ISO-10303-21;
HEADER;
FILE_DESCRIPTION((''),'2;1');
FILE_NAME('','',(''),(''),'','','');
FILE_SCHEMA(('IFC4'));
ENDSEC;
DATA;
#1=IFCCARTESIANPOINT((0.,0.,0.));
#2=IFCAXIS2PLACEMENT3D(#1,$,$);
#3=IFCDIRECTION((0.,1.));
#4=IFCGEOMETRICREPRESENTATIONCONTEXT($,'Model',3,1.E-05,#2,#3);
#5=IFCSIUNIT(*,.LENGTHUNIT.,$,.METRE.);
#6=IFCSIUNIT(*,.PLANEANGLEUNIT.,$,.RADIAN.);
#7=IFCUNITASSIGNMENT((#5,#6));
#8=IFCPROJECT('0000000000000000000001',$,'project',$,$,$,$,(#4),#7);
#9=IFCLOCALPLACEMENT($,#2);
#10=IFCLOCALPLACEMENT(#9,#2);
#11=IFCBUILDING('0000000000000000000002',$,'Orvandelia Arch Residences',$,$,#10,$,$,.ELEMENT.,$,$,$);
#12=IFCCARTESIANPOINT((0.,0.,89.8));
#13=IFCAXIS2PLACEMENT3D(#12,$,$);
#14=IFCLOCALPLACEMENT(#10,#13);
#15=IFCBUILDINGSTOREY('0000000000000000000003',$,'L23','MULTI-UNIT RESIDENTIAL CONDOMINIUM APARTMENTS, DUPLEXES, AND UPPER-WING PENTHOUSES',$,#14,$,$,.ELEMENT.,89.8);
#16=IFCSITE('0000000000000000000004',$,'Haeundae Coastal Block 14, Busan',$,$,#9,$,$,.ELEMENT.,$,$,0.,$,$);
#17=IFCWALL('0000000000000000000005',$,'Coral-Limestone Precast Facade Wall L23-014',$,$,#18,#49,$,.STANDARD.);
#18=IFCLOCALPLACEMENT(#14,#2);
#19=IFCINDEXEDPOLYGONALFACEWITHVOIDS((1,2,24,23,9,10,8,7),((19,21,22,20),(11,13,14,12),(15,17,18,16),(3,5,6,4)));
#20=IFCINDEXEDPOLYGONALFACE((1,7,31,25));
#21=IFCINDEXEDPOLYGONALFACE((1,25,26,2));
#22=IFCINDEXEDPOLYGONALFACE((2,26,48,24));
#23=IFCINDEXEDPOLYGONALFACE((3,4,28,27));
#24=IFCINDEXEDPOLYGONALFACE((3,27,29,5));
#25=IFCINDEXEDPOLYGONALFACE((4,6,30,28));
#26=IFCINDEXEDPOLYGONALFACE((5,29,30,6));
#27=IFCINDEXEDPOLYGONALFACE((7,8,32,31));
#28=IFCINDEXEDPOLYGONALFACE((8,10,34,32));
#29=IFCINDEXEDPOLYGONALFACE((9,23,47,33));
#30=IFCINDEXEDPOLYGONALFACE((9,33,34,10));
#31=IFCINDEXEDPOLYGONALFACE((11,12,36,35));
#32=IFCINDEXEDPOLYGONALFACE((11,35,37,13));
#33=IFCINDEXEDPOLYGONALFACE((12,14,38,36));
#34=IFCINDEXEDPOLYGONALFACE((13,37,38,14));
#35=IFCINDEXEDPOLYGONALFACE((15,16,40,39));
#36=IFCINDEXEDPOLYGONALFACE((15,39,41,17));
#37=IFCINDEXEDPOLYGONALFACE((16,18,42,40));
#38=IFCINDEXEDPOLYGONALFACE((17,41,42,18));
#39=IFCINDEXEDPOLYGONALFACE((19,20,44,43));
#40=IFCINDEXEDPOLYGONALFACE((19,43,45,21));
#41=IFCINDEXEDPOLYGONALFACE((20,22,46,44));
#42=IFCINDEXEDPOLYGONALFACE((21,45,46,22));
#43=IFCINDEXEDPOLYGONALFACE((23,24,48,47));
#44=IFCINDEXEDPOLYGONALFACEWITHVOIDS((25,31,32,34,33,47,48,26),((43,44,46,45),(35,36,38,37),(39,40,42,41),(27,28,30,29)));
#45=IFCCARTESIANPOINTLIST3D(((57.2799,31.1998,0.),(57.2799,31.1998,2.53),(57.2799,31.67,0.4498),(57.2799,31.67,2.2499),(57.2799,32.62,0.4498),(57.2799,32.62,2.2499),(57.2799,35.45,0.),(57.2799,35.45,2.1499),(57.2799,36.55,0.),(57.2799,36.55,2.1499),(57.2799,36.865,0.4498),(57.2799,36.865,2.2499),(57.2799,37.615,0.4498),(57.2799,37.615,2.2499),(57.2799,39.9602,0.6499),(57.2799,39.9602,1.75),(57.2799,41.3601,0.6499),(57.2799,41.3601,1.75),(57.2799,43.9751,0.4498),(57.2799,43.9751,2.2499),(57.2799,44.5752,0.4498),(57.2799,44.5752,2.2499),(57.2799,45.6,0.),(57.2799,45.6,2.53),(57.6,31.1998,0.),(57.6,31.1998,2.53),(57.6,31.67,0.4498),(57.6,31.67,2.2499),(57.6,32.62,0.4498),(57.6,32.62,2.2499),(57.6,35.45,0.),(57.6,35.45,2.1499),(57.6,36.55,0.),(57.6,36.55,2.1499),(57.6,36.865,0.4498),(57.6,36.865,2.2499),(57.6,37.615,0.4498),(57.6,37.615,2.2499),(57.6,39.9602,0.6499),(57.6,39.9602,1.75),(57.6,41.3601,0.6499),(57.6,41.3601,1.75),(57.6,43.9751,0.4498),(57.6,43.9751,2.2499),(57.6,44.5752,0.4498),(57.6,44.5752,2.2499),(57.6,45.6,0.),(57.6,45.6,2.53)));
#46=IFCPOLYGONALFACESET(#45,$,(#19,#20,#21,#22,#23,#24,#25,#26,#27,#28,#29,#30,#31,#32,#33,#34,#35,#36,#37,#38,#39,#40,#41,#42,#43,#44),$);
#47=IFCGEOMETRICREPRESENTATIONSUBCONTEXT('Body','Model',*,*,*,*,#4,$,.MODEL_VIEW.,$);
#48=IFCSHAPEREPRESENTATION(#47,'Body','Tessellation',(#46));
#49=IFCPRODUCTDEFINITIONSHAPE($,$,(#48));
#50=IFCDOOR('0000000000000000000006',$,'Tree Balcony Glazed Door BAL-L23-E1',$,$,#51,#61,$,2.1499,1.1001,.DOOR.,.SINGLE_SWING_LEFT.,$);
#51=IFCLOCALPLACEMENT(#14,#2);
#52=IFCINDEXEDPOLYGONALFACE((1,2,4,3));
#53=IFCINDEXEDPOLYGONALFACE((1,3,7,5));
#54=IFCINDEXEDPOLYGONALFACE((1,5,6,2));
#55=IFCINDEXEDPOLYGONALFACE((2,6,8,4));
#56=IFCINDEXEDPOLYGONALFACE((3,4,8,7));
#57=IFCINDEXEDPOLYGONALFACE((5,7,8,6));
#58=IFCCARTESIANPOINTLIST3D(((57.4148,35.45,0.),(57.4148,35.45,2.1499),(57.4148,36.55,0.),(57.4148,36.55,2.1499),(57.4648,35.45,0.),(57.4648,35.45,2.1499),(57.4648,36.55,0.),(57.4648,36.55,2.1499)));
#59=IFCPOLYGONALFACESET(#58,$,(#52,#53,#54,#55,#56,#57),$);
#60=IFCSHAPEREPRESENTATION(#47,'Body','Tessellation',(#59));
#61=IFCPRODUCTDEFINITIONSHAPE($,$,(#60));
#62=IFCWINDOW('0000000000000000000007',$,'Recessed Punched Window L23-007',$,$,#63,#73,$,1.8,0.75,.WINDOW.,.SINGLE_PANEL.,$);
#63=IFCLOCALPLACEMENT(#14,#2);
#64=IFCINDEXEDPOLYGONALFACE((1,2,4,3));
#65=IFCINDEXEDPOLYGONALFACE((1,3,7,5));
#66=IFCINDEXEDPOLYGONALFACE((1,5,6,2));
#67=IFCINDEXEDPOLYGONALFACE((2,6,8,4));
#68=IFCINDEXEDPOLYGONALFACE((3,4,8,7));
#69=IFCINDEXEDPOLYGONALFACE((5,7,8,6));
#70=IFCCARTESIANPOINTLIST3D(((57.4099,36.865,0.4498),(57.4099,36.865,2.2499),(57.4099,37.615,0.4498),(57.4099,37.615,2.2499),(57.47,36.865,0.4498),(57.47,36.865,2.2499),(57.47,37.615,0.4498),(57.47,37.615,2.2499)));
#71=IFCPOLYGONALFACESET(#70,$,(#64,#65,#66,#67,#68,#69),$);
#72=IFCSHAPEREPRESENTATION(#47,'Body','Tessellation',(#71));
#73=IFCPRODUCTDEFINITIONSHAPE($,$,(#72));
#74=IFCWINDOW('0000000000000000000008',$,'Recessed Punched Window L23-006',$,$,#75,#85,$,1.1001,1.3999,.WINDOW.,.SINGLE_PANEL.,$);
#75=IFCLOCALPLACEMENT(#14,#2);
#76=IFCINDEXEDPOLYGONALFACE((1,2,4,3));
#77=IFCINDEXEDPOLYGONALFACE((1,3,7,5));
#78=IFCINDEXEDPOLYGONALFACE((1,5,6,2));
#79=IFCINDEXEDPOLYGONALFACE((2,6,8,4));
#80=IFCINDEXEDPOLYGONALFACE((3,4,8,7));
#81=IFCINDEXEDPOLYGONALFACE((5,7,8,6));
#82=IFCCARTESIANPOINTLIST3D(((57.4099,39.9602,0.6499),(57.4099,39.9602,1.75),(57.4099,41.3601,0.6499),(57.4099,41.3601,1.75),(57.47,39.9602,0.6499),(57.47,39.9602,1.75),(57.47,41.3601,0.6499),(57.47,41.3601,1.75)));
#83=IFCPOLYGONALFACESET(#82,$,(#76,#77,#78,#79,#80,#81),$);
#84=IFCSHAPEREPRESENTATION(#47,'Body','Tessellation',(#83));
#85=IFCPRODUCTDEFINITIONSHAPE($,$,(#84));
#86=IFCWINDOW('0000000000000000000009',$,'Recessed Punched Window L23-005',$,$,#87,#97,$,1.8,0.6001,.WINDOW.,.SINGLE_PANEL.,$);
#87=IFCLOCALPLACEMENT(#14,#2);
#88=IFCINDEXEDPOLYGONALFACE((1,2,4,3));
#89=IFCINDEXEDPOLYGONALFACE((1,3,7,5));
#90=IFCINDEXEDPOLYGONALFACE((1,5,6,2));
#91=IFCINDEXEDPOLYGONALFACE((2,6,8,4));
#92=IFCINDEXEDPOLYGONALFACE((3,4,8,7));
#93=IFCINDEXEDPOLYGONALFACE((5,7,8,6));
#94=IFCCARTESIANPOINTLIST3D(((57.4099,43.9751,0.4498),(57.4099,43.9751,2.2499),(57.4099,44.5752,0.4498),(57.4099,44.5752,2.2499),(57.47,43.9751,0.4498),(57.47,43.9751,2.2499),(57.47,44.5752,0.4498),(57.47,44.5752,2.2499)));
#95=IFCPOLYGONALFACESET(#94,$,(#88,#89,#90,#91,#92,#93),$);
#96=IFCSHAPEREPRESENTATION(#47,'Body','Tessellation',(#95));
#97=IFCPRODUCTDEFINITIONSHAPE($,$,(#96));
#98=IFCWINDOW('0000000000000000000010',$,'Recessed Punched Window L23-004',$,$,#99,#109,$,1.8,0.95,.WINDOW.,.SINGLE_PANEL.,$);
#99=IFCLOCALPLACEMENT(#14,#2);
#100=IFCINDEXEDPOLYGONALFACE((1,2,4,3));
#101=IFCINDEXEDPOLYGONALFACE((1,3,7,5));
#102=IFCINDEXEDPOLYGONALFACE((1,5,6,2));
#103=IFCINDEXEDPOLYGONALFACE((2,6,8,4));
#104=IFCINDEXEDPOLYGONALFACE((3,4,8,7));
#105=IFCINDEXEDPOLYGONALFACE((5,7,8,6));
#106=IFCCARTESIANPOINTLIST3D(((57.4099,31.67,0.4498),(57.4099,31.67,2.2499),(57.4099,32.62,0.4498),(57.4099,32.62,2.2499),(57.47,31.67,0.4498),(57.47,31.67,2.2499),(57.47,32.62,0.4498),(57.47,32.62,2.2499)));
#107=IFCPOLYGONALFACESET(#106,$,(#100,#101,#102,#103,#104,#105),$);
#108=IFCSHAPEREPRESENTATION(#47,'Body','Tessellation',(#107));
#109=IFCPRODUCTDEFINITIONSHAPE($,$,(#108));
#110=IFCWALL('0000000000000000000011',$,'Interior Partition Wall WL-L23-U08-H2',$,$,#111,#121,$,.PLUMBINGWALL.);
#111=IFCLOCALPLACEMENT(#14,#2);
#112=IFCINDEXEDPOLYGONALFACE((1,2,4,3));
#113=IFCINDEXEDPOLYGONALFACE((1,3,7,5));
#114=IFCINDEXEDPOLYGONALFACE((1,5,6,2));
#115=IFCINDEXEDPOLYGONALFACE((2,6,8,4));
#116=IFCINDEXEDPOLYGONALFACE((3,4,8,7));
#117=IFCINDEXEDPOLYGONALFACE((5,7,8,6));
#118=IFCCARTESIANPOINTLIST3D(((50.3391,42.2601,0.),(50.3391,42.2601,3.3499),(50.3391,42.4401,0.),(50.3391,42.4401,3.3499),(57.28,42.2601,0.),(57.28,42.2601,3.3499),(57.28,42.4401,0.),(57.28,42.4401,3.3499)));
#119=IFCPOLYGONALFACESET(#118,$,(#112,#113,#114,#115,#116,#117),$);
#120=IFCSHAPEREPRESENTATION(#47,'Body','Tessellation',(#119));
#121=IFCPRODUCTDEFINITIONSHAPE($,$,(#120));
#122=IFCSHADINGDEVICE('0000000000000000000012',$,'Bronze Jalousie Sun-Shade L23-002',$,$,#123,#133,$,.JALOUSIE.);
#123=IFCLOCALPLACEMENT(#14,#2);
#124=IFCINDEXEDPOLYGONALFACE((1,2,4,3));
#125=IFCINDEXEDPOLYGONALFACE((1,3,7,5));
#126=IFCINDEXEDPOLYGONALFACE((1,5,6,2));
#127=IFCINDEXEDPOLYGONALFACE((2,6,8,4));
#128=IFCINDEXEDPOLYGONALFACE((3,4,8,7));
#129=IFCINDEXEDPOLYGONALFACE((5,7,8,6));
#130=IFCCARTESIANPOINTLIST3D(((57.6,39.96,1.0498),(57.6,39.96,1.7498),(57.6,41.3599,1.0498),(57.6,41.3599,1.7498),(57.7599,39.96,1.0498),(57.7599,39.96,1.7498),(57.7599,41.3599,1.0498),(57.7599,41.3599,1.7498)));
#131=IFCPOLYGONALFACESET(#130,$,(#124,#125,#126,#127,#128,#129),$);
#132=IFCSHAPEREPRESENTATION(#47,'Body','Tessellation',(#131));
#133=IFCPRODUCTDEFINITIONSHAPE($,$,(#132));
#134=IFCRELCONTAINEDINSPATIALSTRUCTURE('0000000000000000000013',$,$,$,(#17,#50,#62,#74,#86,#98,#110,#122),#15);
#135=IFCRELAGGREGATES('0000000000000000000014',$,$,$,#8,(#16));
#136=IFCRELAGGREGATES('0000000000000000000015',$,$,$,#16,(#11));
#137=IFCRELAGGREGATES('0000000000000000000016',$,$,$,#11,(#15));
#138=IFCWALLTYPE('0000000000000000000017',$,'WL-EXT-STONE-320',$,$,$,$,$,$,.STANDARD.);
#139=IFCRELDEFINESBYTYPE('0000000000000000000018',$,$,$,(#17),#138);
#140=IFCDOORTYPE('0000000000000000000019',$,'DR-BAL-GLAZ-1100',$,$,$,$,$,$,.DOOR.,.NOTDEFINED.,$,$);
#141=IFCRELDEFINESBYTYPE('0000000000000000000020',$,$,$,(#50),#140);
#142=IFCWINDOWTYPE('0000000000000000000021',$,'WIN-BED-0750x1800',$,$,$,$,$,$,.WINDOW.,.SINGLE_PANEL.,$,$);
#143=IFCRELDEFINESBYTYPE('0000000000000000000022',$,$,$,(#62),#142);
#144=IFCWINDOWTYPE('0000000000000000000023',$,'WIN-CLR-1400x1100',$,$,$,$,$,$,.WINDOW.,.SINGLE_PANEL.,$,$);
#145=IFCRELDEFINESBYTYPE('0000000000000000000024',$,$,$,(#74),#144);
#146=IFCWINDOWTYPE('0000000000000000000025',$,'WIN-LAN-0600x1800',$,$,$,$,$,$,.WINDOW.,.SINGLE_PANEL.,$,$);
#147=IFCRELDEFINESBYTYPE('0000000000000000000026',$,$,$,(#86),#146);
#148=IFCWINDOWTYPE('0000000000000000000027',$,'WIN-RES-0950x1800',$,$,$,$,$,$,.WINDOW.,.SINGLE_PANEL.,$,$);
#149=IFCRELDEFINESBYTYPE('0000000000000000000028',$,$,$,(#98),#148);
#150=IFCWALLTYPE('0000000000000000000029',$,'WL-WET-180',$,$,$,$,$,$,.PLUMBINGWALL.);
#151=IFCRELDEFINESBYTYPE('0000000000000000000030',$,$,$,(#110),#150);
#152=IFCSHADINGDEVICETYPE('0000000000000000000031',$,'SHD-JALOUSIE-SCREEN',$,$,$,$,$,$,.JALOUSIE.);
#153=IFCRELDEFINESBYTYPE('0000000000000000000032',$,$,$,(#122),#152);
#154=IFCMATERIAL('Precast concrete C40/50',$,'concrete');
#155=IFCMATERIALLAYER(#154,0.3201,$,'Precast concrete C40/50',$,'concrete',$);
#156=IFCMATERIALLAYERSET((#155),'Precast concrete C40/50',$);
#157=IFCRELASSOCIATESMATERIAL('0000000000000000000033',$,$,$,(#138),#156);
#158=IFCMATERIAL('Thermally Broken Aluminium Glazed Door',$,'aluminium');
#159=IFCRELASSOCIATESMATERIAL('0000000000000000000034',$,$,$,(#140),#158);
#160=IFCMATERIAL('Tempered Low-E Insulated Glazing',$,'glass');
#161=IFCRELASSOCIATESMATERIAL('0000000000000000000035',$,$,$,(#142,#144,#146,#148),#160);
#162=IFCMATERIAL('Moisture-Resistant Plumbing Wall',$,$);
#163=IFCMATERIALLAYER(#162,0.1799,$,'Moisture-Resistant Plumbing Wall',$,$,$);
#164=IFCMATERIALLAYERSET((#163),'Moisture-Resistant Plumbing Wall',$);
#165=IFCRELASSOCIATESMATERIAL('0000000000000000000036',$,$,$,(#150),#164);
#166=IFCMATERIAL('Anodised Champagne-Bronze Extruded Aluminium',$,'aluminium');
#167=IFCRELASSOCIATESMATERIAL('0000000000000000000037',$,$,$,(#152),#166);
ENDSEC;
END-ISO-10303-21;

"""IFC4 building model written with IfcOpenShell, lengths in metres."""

from ifc_helpers import new_model, si_unit, direction, frame, frame_2d, origin, origin_2d, place, context, subcontext, project, spatial, rectangle, extrude, material, layer, layer_set, type_object, element, fill, save


model = new_model("IFC4")

# Units and contexts
model_context = context("Model", 3, precision=1e-05, world=origin(), true_north=direction((0.0, 1.0)))
body_context = subcontext(model_context, "Body", "Model", "MODEL_VIEW")
ifc_project = project(units=[si_unit("LENGTHUNIT", "METRE"), si_unit("PLANEANGLEUNIT", "RADIAN")], contexts=[model_context])

# Site, building, storey
site_placement = place(None, origin())
site = spatial("IfcSite", under=ifc_project, at=site_placement, Name="Haeundae Coastal Block 14, Busan", CompositionType="ELEMENT", RefElevation=0.0)
building_placement = place(site_placement, origin())
building = spatial("IfcBuilding", under=site, at=building_placement, Name="Orvandelia Arch Residences", CompositionType="ELEMENT")
storey_placement = place(building_placement, frame((0.0, 0.0, 89.8)))
storey = spatial("IfcBuildingStorey", under=building, at=storey_placement, Name="L23", Description="MULTI-UNIT RESIDENTIAL CONDOMINIUM APARTMENTS, DUPLEXES, AND UPPER-WING PENTHOUSES", CompositionType="ELEMENT", Elevation=89.8)

# Shared definitions
ifc_material_1 = material(Name="Precast concrete C40/50", Category="concrete")
ifc_layer_1 = layer(ifc_material_1, 0.3201, Name="Precast concrete C40/50", Category="concrete")
ifc_layer_set_1 = layer_set([ifc_layer_1], Name="Precast concrete C40/50")
wall_type_1 = type_object("IfcWallType", Name="WL-EXT-STONE-320", PredefinedType="STANDARD", material=ifc_layer_set_1)

# Wall, openings, door, windows
wall_1_placement = place(storey_placement, frame((57.4399, 45.6001, 0.0), z_axis=(0.0, 0.0, 1.0), x_axis=(0.0, -1.0, 0.0)))
wall_1 = element("IfcWall", 1, at=wall_1_placement, inside=storey, type_object=wall_type_1, Name="Coral-Limestone Precast Facade Wall L23-014", PredefinedType="STANDARD", context=body_context, shape_type="SweptSolid", body=[
    extrude(rectangle(XDim=14.4001, YDim=0.3201, at=frame_2d((7.2002, 0.0))), origin(), (0.0, 0.0, 1.0), 2.53),
])
opening_1_placement = place(wall_1_placement, frame((9.05, 0.0, 0.0)))
opening_1 = element("IfcOpeningElement", 2, at=opening_1_placement, cuts=wall_1, PredefinedType="OPENING", context=body_context, shape_type="SweptSolid", body=[
    extrude(rectangle(XDim=1.1001, YDim=2.1499, at=frame_2d((0.55, 1.075))), frame((0.0, 0.1699, 0.0), z_axis=(0.0, -1.0, 0.0), x_axis=(1.0, 0.0, 0.0)), (0.0, 0.0, 1.0), 0.3401),
])
opening_2_placement = place(wall_1_placement, frame((12.98, 0.0, 0.45)))
opening_2 = element("IfcOpeningElement", 3, at=opening_2_placement, cuts=wall_1, PredefinedType="OPENING", context=body_context, shape_type="SweptSolid", body=[
    extrude(rectangle(XDim=0.95, YDim=1.8, at=frame_2d((0.4751, 0.8999))), frame((0.0, 0.1699, 0.0), z_axis=(0.0, -1.0, 0.0), x_axis=(1.0, 0.0, 0.0)), (0.0, 0.0, 1.0), 0.3401),
])
opening_3_placement = place(wall_1_placement, frame((1.0249, 0.0, 0.45)))
opening_3 = element("IfcOpeningElement", 4, at=opening_3_placement, cuts=wall_1, PredefinedType="OPENING", context=body_context, shape_type="SweptSolid", body=[
    extrude(rectangle(XDim=0.6001, YDim=1.8, at=frame_2d((0.3, 0.8999))), frame((0.0, 0.1699, 0.0), z_axis=(0.0, -1.0, 0.0), x_axis=(1.0, 0.0, 0.0)), (0.0, 0.0, 1.0), 0.3401),
])
opening_4_placement = place(wall_1_placement, frame((4.24, 0.0, 0.6499)))
opening_4 = element("IfcOpeningElement", 5, at=opening_4_placement, cuts=wall_1, PredefinedType="OPENING", context=body_context, shape_type="SweptSolid", body=[
    extrude(rectangle(XDim=1.3999, YDim=1.1001, at=frame_2d((0.7, 0.55))), frame((0.0, 0.1699, 0.0), z_axis=(0.0, -1.0, 0.0), x_axis=(1.0, 0.0, 0.0)), (0.0, 0.0, 1.0), 0.3401),
])
opening_5_placement = place(wall_1_placement, frame((7.9851, 0.0, 0.45)))
opening_5 = element("IfcOpeningElement", 6, at=opening_5_placement, cuts=wall_1, PredefinedType="OPENING", context=body_context, shape_type="SweptSolid", body=[
    extrude(rectangle(XDim=0.75, YDim=1.8, at=frame_2d((0.375, 0.8999))), frame((0.0, 0.1699, 0.0), z_axis=(0.0, -1.0, 0.0), x_axis=(1.0, 0.0, 0.0)), (0.0, 0.0, 1.0), 0.3401),
])
ifc_material_2 = material(Name="Thermally Broken Aluminium Glazed Door", Category="aluminium")
door_type_1 = type_object("IfcDoorType", Name="DR-BAL-GLAZ-1100", OperationType="NOTDEFINED", PredefinedType="DOOR", material=ifc_material_2)
door_1_placement = place(opening_1_placement, origin())
door_1 = element("IfcDoor", 7, at=door_1_placement, inside=storey, type_object=door_type_1, Name="Tree Balcony Glazed Door BAL-L23-E1", OperationType="SINGLE_SWING_LEFT", OverallHeight=2.1499, OverallWidth=1.1001, PredefinedType="DOOR", context=body_context, shape_type="SweptSolid", body=[
    extrude(rectangle(XDim=1.1001, YDim=2.1499, at=frame_2d((0.55, 1.075))), frame((0.0, 0.0249, 0.0), z_axis=(0.0, -1.0, 0.0), x_axis=(1.0, 0.0, 0.0)), (0.0, 0.0, 1.0), 0.05),
])
fill(opening_1, door_1)
ifc_material_3 = material(Name="Tempered Low-E Insulated Glazing", Category="glass")
window_type_1 = type_object("IfcWindowType", Name="WIN-BED-0750x1800", PartitioningType="SINGLE_PANEL", PredefinedType="WINDOW", material=ifc_material_3)
window_1_placement = place(opening_5_placement, origin())
window_1 = element("IfcWindow", 8, at=window_1_placement, inside=storey, type_object=window_type_1, Name="Recessed Punched Window L23-007", OverallHeight=1.8, OverallWidth=0.75, PartitioningType="SINGLE_PANEL", PredefinedType="WINDOW", context=body_context, shape_type="SweptSolid", body=[
    extrude(rectangle(XDim=0.75, YDim=1.8, at=frame_2d((0.375, 0.8999))), frame((0.0, 0.03, 0.0), z_axis=(0.0, -1.0, 0.0), x_axis=(1.0, 0.0, 0.0)), (0.0, 0.0, 1.0), 0.0601),
])
fill(opening_5, window_1)
window_type_2 = type_object("IfcWindowType", Name="WIN-CLR-1400x1100", PartitioningType="SINGLE_PANEL", PredefinedType="WINDOW", material=ifc_material_3)
window_2_placement = place(opening_4_placement, origin())
window_2 = element("IfcWindow", 9, at=window_2_placement, inside=storey, type_object=window_type_2, Name="Recessed Punched Window L23-006", OverallHeight=1.1001, OverallWidth=1.3999, PartitioningType="SINGLE_PANEL", PredefinedType="WINDOW", context=body_context, shape_type="SweptSolid", body=[
    extrude(rectangle(XDim=1.3999, YDim=1.1001, at=frame_2d((0.7, 0.55))), frame((0.0, 0.03, 0.0), z_axis=(0.0, -1.0, 0.0), x_axis=(1.0, 0.0, 0.0)), (0.0, 0.0, 1.0), 0.0601),
])
fill(opening_4, window_2)
window_type_3 = type_object("IfcWindowType", Name="WIN-LAN-0600x1800", PartitioningType="SINGLE_PANEL", PredefinedType="WINDOW", material=ifc_material_3)
window_3_placement = place(opening_3_placement, origin())
window_3 = element("IfcWindow", 10, at=window_3_placement, inside=storey, type_object=window_type_3, Name="Recessed Punched Window L23-005", OverallHeight=1.8, OverallWidth=0.6001, PartitioningType="SINGLE_PANEL", PredefinedType="WINDOW", context=body_context, shape_type="SweptSolid", body=[
    extrude(rectangle(XDim=0.6001, YDim=1.8, at=frame_2d((0.3, 0.8999))), frame((0.0, 0.03, 0.0), z_axis=(0.0, -1.0, 0.0), x_axis=(1.0, 0.0, 0.0)), (0.0, 0.0, 1.0), 0.0601),
])
fill(opening_3, window_3)
window_type_4 = type_object("IfcWindowType", Name="WIN-RES-0950x1800", PartitioningType="SINGLE_PANEL", PredefinedType="WINDOW", material=ifc_material_3)
window_4_placement = place(opening_2_placement, origin())
window_4 = element("IfcWindow", 11, at=window_4_placement, inside=storey, type_object=window_type_4, Name="Recessed Punched Window L23-004", OverallHeight=1.8, OverallWidth=0.95, PartitioningType="SINGLE_PANEL", PredefinedType="WINDOW", context=body_context, shape_type="SweptSolid", body=[
    extrude(rectangle(XDim=0.95, YDim=1.8, at=frame_2d((0.4751, 0.8999))), frame((0.0, 0.03, 0.0), z_axis=(0.0, -1.0, 0.0), x_axis=(1.0, 0.0, 0.0)), (0.0, 0.0, 1.0), 0.0601),
])
fill(opening_2, window_4)

# Wall
ifc_material_4 = material(Name="Moisture-Resistant Plumbing Wall")
ifc_layer_2 = layer(ifc_material_4, 0.1799, Name="Moisture-Resistant Plumbing Wall")
ifc_layer_set_2 = layer_set([ifc_layer_2], Name="Moisture-Resistant Plumbing Wall")
wall_type_2 = type_object("IfcWallType", Name="WL-WET-180", PredefinedType="PLUMBINGWALL", material=ifc_layer_set_2)
wall_2_placement = place(storey_placement, frame((50.3391, 42.3501, 0.0), z_axis=(0.0, 0.0, 1.0), x_axis=(1.0, 0.0, 0.0)))
element("IfcWall", 12, at=wall_2_placement, inside=storey, type_object=wall_type_2, Name="Interior Partition Wall WL-L23-U08-H2", PredefinedType="PLUMBINGWALL", context=body_context, shape_type="SweptSolid", body=[
    extrude(rectangle(XDim=6.9409, YDim=0.1799, at=frame_2d((3.4705, 0.0))), origin(), (0.0, 0.0, 1.0), 3.3499),
])

# Shading device
ifc_material_5 = material(Name="Anodised Champagne-Bronze Extruded Aluminium", Category="aluminium")
shading_device_type = type_object("IfcShadingDeviceType", Name="SHD-JALOUSIE-SCREEN", PredefinedType="JALOUSIE", material=ifc_material_5)
shading_device_placement = place(storey_placement, frame((57.6799, 40.6599, 1.0498), z_axis=(0.0, 0.0, 1.0), x_axis=(0.0, -1.0, 0.0)))
element("IfcShadingDevice", 13, at=shading_device_placement, inside=storey, type_object=shading_device_type, Name="Bronze Jalousie Sun-Shade L23-002", PredefinedType="JALOUSIE", context=body_context, shape_type="SweptSolid", body=[
    extrude(rectangle(XDim=1.3999, YDim=0.1599, at=origin_2d()), origin(), (0.0, 0.0, 1.0), 0.7),
])

save(model, "model.ifc")
